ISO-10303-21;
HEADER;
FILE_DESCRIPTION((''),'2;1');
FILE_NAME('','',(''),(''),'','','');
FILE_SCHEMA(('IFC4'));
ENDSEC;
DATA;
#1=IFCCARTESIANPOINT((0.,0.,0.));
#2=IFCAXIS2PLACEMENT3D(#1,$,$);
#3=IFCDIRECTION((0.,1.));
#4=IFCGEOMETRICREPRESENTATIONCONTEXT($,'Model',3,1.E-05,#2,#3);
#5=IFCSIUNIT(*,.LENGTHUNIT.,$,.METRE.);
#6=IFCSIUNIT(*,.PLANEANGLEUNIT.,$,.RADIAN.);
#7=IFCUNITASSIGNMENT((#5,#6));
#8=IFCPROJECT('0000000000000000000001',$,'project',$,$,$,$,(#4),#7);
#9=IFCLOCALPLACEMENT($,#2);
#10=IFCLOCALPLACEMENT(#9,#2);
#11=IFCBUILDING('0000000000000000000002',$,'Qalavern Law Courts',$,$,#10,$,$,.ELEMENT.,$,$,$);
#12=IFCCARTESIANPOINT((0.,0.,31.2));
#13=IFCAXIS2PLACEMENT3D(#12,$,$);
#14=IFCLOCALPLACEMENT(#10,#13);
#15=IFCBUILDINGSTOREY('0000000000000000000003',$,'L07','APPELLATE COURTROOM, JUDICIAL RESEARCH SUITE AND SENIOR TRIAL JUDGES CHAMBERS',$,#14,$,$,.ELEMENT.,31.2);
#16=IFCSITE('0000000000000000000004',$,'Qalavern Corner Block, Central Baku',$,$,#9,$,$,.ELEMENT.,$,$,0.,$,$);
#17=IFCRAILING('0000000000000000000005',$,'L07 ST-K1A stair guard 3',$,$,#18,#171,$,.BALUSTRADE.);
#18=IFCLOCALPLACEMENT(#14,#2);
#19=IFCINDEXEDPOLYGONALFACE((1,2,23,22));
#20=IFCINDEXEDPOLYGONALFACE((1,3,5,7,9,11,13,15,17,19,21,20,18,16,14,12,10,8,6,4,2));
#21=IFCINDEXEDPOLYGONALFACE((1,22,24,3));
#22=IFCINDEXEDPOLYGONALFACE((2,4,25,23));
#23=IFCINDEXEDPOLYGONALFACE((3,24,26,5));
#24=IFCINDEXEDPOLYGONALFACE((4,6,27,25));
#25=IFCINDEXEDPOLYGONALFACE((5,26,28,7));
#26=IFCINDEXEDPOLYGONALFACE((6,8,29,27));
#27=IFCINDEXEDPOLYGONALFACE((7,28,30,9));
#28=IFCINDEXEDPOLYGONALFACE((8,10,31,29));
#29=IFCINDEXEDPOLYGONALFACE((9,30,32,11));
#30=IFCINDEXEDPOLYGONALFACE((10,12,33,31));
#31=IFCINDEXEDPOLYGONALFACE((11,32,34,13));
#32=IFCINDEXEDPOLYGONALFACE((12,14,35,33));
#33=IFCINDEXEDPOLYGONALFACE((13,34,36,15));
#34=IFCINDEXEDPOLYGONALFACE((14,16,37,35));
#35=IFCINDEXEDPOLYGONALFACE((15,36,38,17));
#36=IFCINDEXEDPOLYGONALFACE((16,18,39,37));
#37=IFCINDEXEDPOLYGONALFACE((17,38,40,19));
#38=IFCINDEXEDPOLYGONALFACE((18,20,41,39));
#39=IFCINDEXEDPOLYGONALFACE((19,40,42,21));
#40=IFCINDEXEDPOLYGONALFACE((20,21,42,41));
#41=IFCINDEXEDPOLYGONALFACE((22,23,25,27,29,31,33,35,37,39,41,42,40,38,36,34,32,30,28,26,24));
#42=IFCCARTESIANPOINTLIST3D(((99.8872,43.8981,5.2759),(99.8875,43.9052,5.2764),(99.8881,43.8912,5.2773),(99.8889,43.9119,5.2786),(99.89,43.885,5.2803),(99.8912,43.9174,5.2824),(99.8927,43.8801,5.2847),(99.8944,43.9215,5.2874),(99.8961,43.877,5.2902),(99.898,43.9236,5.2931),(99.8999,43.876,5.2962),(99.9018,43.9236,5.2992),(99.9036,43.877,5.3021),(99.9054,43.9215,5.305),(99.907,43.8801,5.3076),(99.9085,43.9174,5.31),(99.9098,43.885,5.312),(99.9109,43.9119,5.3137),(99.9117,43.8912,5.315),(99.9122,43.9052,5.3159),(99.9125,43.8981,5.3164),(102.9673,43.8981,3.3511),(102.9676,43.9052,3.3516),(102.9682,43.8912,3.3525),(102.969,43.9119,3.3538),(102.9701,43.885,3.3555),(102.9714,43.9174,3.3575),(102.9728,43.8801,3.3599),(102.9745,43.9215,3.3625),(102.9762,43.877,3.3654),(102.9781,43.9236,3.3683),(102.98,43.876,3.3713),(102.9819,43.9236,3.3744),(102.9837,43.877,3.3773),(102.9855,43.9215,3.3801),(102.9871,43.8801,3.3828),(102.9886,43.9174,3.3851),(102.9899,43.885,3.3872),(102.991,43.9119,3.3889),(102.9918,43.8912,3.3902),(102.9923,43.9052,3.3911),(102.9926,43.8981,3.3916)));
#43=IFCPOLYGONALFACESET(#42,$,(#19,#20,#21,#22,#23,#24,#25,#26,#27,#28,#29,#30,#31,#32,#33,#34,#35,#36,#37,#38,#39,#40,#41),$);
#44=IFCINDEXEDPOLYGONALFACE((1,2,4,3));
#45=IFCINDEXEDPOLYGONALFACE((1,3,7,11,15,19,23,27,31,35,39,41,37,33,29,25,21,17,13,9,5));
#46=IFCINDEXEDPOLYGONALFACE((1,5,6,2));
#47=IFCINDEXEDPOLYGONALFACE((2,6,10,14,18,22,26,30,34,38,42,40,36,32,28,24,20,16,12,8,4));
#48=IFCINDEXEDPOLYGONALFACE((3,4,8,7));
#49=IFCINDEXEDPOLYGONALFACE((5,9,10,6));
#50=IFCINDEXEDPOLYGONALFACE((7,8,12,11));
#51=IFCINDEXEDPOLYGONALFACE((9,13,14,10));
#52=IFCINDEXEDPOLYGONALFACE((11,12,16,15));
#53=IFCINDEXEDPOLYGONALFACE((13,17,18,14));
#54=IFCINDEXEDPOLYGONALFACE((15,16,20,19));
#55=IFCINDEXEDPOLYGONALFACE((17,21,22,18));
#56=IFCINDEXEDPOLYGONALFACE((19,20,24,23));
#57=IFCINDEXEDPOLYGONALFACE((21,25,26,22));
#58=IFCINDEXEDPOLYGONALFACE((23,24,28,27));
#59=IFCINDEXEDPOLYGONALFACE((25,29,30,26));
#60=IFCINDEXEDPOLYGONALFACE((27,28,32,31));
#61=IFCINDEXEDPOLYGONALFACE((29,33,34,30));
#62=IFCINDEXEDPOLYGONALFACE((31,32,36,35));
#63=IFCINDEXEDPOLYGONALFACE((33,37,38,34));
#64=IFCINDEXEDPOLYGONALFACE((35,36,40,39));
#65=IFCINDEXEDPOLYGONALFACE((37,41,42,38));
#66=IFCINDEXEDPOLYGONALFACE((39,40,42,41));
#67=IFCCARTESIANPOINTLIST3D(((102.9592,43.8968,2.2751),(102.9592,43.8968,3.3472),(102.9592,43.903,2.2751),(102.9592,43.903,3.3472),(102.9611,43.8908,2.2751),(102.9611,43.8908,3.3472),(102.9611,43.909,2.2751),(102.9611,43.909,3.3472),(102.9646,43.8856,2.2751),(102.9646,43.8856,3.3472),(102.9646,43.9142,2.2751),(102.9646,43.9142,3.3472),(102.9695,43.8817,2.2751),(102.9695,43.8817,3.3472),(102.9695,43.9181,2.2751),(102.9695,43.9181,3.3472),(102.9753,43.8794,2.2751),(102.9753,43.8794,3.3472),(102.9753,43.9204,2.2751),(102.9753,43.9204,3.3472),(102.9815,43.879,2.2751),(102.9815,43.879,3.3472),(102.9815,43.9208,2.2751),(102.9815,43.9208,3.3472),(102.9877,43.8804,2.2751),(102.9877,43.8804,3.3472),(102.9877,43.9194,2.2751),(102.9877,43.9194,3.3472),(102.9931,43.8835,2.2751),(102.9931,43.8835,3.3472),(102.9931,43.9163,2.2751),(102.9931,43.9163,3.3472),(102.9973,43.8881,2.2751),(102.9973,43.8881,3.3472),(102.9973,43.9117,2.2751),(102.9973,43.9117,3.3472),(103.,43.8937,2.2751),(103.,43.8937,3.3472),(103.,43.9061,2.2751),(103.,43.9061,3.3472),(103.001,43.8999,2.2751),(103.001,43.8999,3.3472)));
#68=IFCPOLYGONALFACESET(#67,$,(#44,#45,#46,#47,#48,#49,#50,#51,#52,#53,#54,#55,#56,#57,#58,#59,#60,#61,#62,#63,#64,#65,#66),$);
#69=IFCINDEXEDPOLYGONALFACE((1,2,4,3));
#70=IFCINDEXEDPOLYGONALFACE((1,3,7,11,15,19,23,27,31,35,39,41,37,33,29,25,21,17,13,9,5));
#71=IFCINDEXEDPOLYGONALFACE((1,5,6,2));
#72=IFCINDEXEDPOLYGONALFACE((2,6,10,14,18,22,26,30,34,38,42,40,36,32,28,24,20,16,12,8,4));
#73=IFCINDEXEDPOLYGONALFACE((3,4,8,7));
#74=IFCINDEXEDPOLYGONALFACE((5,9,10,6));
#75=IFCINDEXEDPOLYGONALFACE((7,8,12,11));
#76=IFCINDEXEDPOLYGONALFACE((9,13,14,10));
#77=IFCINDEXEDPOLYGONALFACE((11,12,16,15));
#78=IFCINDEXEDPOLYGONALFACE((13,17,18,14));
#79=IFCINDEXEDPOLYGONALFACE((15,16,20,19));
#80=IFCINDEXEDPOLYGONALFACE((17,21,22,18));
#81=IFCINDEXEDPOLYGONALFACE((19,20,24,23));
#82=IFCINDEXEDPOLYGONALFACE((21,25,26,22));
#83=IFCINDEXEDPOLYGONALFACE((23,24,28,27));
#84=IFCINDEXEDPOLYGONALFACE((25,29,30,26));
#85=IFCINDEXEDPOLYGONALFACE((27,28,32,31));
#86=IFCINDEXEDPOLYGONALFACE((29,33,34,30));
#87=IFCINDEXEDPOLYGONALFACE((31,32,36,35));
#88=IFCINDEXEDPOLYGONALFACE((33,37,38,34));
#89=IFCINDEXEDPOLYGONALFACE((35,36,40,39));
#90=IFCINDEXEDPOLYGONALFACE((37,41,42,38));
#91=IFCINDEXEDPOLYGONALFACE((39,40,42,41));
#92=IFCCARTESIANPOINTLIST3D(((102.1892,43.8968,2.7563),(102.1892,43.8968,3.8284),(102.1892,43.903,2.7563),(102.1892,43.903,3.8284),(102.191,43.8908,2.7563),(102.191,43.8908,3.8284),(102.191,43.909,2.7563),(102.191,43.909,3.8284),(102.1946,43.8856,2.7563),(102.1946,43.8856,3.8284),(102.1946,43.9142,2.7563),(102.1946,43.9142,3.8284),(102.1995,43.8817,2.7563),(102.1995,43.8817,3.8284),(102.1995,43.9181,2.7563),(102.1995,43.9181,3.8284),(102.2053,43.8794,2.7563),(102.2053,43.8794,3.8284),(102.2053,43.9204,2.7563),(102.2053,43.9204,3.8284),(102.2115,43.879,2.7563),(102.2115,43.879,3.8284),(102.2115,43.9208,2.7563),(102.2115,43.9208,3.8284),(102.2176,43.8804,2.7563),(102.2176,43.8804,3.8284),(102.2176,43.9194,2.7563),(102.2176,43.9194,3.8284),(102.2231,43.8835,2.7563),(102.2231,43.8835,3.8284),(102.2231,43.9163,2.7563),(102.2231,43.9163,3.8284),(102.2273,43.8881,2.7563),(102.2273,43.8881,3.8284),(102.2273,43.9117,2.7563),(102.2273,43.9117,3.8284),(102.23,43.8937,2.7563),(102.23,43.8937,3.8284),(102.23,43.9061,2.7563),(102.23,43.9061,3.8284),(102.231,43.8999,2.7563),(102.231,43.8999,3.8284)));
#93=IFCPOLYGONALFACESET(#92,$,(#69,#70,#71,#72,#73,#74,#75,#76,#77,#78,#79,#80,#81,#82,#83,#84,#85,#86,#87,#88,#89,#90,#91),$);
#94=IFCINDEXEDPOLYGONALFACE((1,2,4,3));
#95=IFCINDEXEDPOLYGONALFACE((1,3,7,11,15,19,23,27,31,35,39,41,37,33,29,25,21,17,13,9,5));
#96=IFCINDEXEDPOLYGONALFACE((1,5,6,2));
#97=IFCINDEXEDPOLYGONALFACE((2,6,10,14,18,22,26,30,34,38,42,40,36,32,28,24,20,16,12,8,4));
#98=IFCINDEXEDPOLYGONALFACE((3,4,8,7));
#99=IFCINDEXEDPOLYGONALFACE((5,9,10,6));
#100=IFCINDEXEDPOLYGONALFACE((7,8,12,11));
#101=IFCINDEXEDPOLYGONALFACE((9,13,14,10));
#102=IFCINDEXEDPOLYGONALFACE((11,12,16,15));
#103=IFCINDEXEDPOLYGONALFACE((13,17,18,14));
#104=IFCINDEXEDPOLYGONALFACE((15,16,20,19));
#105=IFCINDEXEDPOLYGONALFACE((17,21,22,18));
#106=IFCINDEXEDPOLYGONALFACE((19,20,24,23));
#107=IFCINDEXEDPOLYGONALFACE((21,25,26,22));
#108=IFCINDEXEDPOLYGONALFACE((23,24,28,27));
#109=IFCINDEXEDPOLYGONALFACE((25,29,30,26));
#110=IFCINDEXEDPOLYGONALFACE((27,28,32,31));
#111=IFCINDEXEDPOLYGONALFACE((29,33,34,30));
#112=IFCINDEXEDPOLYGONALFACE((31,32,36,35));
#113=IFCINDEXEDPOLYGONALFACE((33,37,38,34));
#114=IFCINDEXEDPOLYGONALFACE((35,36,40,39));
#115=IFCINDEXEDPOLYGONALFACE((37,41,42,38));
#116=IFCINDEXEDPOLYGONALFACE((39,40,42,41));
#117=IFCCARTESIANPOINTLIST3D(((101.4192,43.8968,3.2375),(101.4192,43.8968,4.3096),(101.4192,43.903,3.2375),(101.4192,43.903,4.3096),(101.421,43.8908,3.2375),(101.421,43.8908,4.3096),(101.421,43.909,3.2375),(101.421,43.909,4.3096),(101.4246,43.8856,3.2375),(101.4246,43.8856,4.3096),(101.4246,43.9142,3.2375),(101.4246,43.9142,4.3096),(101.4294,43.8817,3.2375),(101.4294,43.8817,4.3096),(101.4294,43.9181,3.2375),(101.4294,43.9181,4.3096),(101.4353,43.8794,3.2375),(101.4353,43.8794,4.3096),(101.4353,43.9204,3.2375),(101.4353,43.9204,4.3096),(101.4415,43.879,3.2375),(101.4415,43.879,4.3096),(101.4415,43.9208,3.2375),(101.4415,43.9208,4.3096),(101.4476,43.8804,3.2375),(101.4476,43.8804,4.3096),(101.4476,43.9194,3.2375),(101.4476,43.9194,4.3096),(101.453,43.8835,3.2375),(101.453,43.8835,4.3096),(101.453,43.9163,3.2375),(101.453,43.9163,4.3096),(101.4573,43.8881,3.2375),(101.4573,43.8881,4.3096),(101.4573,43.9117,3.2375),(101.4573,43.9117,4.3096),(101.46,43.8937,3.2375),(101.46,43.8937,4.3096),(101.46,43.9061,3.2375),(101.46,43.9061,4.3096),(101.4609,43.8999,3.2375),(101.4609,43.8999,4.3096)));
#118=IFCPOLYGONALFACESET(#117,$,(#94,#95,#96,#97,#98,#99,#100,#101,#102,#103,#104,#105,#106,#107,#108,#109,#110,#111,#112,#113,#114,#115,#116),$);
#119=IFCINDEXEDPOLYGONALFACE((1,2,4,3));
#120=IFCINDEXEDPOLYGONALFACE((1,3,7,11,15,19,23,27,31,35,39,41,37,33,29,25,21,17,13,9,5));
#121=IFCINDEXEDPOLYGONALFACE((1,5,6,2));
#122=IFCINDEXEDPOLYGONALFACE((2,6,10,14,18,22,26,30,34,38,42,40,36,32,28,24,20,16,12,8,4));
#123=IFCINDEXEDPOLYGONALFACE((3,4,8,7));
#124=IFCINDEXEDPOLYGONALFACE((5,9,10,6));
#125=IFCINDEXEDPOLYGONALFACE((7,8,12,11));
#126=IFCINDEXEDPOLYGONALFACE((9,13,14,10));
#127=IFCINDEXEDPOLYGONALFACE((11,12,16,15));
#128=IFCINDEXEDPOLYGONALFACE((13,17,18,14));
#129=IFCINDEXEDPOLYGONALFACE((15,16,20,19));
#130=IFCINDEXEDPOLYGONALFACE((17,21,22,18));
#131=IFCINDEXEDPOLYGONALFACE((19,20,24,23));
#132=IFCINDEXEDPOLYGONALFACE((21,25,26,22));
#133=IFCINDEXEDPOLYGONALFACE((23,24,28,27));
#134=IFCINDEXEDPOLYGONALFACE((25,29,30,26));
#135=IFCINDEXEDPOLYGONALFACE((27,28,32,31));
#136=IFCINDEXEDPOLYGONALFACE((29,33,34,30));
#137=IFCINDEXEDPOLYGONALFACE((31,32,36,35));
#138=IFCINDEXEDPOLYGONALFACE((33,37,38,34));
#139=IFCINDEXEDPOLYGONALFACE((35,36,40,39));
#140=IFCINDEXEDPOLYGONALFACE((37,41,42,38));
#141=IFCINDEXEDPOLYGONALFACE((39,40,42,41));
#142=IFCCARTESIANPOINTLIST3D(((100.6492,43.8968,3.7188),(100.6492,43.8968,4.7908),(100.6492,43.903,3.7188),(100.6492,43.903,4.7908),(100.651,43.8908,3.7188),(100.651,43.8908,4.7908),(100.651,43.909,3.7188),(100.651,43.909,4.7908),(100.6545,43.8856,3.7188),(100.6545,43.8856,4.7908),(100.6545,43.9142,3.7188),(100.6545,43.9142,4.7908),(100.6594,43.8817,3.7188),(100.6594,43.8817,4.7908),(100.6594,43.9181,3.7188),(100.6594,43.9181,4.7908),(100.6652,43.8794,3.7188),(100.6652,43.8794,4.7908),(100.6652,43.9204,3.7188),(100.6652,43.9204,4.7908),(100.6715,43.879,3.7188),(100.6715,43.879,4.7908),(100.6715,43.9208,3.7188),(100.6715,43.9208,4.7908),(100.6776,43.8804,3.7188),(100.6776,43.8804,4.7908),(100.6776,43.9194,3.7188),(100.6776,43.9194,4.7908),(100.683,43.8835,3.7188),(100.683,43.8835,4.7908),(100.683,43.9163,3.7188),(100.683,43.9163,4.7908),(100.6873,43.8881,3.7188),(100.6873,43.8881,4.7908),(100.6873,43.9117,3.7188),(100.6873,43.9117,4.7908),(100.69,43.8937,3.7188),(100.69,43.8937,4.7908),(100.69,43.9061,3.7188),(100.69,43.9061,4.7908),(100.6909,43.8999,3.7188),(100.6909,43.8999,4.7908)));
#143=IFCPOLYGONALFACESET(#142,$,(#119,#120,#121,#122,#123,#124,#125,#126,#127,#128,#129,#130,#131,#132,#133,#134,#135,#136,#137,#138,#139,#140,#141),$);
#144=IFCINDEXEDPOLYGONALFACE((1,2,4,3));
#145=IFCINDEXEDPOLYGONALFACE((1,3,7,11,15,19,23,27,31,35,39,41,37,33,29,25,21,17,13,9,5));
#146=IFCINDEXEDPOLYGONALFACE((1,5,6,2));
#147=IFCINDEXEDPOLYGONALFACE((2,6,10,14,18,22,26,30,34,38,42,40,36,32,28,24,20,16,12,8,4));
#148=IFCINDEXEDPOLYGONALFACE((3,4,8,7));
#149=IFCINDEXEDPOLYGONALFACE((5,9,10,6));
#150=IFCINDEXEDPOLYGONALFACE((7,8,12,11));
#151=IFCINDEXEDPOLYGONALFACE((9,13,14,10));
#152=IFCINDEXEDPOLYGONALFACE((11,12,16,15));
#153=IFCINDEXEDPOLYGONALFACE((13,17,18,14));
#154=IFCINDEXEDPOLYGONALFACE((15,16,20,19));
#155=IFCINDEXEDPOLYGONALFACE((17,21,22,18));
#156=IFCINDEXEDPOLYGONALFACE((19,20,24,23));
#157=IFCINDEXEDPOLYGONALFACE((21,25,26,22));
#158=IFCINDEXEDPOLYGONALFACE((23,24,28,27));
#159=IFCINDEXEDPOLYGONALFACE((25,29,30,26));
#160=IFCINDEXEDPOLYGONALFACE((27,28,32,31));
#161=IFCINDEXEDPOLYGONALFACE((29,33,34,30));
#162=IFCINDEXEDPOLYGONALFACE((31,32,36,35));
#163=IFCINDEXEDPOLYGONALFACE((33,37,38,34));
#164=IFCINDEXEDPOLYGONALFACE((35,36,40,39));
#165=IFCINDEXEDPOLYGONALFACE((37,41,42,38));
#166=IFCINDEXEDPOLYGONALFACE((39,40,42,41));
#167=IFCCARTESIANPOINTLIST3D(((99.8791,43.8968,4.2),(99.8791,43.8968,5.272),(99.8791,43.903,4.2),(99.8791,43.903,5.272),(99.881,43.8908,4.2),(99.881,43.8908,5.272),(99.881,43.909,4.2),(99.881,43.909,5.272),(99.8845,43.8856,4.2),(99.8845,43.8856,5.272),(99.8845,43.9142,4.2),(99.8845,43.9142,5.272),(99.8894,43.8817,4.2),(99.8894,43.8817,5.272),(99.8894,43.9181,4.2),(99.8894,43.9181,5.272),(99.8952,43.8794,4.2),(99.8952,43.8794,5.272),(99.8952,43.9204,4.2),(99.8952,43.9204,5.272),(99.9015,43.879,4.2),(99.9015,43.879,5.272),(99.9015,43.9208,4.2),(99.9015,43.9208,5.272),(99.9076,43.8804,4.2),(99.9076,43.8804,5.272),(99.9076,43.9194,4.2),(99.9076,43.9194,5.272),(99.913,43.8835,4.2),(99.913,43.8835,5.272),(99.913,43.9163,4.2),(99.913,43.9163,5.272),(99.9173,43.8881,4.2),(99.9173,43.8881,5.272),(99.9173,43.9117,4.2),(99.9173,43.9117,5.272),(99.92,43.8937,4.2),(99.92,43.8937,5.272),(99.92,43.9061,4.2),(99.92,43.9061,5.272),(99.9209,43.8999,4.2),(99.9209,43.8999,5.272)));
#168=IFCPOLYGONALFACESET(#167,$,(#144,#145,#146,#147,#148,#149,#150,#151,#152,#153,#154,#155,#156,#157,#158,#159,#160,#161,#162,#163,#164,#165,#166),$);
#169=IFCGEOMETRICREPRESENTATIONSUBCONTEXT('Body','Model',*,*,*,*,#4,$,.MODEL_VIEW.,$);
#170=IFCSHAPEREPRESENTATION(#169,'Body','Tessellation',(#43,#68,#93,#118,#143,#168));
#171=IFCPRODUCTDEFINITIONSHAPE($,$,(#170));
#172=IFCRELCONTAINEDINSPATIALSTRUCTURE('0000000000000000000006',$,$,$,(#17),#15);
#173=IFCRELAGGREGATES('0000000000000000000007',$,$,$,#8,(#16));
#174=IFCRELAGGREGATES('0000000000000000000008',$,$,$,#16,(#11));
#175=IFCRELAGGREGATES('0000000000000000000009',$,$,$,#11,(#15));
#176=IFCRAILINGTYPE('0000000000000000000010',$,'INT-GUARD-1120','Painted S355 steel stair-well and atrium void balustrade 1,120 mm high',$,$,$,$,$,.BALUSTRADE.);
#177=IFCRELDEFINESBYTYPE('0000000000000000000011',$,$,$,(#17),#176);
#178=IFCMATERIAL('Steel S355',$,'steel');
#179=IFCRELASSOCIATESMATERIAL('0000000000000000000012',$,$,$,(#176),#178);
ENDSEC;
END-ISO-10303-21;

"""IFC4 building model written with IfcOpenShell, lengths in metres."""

from ifc_helpers import new_model, si_unit, direction, frame, origin, origin_2d, place, context, subcontext, project, spatial, circle, extrude, material, type_object, element, save


model = new_model("IFC4")

# Units and contexts
model_context = context("Model", 3, precision=1e-05, world=origin(), true_north=direction((0.0, 1.0)))
body_context = subcontext(model_context, "Body", "Model", "MODEL_VIEW")
ifc_project = project(units=[si_unit("LENGTHUNIT", "METRE"), si_unit("PLANEANGLEUNIT", "RADIAN")], contexts=[model_context])

# Site, building, storey
site_placement = place(None, origin())
site = spatial("IfcSite", under=ifc_project, at=site_placement, Name="Qalavern Corner Block, Central Baku", CompositionType="ELEMENT", RefElevation=0.0)
building_placement = place(site_placement, origin())
building = spatial("IfcBuilding", under=site, at=building_placement, Name="Qalavern Law Courts", CompositionType="ELEMENT")
storey_placement = place(building_placement, frame((0.0, 0.0, 31.2)))
storey = spatial("IfcBuildingStorey", under=building, at=storey_placement, Name="L07", Description="APPELLATE COURTROOM, JUDICIAL RESEARCH SUITE AND SENIOR TRIAL JUDGES CHAMBERS", CompositionType="ELEMENT", Elevation=31.2)

# Railing
ifc_material_1 = material(Name="Steel S355", Category="steel")
railing_type_1 = type_object("IfcRailingType", Name="INT-GUARD-1120", Description="Painted S355 steel stair-well and atrium void balustrade 1,120 mm high", PredefinedType="BALUSTRADE", material=ifc_material_1)
railing_1_placement = place(storey_placement, frame((102.98, 43.8999, 2.2751)))
element("IfcRailing", 1, at=railing_1_placement, inside=storey, type_object=railing_type_1, Name="L07 ST-K1A stair guard 3", PredefinedType="BALUSTRADE", context=body_context, shape_type="SweptSolid", body=[
    extrude(circle(Radius=0.0239, at=origin_2d()), frame((0.0, 0.0, 1.0962), z_axis=(-0.848029, 0.0, 0.529951), x_axis=(0.0, -1.0, 0.0)), (0.0, 0.0, 1.0), 3.6321),
    extrude(circle(Radius=0.021, at=origin_2d()), origin(), (0.0, 0.0, 1.0), 1.072),
    extrude(circle(Radius=0.021, at=origin_2d()), frame((-0.77, 0.0, 0.4812)), (0.0, 0.0, 1.0), 1.072),
    extrude(circle(Radius=0.021, at=origin_2d()), frame((-1.54, 0.0, 0.9624)), (0.0, 0.0, 1.0), 1.072),
    extrude(circle(Radius=0.021, at=origin_2d()), frame((-2.3101, 0.0, 1.4436)), (0.0, 0.0, 1.0), 1.072),
    extrude(circle(Radius=0.021, at=origin_2d()), frame((-3.0801, 0.0, 1.9248)), (0.0, 0.0, 1.0), 1.072),
])

save(model, "model.ifc")
